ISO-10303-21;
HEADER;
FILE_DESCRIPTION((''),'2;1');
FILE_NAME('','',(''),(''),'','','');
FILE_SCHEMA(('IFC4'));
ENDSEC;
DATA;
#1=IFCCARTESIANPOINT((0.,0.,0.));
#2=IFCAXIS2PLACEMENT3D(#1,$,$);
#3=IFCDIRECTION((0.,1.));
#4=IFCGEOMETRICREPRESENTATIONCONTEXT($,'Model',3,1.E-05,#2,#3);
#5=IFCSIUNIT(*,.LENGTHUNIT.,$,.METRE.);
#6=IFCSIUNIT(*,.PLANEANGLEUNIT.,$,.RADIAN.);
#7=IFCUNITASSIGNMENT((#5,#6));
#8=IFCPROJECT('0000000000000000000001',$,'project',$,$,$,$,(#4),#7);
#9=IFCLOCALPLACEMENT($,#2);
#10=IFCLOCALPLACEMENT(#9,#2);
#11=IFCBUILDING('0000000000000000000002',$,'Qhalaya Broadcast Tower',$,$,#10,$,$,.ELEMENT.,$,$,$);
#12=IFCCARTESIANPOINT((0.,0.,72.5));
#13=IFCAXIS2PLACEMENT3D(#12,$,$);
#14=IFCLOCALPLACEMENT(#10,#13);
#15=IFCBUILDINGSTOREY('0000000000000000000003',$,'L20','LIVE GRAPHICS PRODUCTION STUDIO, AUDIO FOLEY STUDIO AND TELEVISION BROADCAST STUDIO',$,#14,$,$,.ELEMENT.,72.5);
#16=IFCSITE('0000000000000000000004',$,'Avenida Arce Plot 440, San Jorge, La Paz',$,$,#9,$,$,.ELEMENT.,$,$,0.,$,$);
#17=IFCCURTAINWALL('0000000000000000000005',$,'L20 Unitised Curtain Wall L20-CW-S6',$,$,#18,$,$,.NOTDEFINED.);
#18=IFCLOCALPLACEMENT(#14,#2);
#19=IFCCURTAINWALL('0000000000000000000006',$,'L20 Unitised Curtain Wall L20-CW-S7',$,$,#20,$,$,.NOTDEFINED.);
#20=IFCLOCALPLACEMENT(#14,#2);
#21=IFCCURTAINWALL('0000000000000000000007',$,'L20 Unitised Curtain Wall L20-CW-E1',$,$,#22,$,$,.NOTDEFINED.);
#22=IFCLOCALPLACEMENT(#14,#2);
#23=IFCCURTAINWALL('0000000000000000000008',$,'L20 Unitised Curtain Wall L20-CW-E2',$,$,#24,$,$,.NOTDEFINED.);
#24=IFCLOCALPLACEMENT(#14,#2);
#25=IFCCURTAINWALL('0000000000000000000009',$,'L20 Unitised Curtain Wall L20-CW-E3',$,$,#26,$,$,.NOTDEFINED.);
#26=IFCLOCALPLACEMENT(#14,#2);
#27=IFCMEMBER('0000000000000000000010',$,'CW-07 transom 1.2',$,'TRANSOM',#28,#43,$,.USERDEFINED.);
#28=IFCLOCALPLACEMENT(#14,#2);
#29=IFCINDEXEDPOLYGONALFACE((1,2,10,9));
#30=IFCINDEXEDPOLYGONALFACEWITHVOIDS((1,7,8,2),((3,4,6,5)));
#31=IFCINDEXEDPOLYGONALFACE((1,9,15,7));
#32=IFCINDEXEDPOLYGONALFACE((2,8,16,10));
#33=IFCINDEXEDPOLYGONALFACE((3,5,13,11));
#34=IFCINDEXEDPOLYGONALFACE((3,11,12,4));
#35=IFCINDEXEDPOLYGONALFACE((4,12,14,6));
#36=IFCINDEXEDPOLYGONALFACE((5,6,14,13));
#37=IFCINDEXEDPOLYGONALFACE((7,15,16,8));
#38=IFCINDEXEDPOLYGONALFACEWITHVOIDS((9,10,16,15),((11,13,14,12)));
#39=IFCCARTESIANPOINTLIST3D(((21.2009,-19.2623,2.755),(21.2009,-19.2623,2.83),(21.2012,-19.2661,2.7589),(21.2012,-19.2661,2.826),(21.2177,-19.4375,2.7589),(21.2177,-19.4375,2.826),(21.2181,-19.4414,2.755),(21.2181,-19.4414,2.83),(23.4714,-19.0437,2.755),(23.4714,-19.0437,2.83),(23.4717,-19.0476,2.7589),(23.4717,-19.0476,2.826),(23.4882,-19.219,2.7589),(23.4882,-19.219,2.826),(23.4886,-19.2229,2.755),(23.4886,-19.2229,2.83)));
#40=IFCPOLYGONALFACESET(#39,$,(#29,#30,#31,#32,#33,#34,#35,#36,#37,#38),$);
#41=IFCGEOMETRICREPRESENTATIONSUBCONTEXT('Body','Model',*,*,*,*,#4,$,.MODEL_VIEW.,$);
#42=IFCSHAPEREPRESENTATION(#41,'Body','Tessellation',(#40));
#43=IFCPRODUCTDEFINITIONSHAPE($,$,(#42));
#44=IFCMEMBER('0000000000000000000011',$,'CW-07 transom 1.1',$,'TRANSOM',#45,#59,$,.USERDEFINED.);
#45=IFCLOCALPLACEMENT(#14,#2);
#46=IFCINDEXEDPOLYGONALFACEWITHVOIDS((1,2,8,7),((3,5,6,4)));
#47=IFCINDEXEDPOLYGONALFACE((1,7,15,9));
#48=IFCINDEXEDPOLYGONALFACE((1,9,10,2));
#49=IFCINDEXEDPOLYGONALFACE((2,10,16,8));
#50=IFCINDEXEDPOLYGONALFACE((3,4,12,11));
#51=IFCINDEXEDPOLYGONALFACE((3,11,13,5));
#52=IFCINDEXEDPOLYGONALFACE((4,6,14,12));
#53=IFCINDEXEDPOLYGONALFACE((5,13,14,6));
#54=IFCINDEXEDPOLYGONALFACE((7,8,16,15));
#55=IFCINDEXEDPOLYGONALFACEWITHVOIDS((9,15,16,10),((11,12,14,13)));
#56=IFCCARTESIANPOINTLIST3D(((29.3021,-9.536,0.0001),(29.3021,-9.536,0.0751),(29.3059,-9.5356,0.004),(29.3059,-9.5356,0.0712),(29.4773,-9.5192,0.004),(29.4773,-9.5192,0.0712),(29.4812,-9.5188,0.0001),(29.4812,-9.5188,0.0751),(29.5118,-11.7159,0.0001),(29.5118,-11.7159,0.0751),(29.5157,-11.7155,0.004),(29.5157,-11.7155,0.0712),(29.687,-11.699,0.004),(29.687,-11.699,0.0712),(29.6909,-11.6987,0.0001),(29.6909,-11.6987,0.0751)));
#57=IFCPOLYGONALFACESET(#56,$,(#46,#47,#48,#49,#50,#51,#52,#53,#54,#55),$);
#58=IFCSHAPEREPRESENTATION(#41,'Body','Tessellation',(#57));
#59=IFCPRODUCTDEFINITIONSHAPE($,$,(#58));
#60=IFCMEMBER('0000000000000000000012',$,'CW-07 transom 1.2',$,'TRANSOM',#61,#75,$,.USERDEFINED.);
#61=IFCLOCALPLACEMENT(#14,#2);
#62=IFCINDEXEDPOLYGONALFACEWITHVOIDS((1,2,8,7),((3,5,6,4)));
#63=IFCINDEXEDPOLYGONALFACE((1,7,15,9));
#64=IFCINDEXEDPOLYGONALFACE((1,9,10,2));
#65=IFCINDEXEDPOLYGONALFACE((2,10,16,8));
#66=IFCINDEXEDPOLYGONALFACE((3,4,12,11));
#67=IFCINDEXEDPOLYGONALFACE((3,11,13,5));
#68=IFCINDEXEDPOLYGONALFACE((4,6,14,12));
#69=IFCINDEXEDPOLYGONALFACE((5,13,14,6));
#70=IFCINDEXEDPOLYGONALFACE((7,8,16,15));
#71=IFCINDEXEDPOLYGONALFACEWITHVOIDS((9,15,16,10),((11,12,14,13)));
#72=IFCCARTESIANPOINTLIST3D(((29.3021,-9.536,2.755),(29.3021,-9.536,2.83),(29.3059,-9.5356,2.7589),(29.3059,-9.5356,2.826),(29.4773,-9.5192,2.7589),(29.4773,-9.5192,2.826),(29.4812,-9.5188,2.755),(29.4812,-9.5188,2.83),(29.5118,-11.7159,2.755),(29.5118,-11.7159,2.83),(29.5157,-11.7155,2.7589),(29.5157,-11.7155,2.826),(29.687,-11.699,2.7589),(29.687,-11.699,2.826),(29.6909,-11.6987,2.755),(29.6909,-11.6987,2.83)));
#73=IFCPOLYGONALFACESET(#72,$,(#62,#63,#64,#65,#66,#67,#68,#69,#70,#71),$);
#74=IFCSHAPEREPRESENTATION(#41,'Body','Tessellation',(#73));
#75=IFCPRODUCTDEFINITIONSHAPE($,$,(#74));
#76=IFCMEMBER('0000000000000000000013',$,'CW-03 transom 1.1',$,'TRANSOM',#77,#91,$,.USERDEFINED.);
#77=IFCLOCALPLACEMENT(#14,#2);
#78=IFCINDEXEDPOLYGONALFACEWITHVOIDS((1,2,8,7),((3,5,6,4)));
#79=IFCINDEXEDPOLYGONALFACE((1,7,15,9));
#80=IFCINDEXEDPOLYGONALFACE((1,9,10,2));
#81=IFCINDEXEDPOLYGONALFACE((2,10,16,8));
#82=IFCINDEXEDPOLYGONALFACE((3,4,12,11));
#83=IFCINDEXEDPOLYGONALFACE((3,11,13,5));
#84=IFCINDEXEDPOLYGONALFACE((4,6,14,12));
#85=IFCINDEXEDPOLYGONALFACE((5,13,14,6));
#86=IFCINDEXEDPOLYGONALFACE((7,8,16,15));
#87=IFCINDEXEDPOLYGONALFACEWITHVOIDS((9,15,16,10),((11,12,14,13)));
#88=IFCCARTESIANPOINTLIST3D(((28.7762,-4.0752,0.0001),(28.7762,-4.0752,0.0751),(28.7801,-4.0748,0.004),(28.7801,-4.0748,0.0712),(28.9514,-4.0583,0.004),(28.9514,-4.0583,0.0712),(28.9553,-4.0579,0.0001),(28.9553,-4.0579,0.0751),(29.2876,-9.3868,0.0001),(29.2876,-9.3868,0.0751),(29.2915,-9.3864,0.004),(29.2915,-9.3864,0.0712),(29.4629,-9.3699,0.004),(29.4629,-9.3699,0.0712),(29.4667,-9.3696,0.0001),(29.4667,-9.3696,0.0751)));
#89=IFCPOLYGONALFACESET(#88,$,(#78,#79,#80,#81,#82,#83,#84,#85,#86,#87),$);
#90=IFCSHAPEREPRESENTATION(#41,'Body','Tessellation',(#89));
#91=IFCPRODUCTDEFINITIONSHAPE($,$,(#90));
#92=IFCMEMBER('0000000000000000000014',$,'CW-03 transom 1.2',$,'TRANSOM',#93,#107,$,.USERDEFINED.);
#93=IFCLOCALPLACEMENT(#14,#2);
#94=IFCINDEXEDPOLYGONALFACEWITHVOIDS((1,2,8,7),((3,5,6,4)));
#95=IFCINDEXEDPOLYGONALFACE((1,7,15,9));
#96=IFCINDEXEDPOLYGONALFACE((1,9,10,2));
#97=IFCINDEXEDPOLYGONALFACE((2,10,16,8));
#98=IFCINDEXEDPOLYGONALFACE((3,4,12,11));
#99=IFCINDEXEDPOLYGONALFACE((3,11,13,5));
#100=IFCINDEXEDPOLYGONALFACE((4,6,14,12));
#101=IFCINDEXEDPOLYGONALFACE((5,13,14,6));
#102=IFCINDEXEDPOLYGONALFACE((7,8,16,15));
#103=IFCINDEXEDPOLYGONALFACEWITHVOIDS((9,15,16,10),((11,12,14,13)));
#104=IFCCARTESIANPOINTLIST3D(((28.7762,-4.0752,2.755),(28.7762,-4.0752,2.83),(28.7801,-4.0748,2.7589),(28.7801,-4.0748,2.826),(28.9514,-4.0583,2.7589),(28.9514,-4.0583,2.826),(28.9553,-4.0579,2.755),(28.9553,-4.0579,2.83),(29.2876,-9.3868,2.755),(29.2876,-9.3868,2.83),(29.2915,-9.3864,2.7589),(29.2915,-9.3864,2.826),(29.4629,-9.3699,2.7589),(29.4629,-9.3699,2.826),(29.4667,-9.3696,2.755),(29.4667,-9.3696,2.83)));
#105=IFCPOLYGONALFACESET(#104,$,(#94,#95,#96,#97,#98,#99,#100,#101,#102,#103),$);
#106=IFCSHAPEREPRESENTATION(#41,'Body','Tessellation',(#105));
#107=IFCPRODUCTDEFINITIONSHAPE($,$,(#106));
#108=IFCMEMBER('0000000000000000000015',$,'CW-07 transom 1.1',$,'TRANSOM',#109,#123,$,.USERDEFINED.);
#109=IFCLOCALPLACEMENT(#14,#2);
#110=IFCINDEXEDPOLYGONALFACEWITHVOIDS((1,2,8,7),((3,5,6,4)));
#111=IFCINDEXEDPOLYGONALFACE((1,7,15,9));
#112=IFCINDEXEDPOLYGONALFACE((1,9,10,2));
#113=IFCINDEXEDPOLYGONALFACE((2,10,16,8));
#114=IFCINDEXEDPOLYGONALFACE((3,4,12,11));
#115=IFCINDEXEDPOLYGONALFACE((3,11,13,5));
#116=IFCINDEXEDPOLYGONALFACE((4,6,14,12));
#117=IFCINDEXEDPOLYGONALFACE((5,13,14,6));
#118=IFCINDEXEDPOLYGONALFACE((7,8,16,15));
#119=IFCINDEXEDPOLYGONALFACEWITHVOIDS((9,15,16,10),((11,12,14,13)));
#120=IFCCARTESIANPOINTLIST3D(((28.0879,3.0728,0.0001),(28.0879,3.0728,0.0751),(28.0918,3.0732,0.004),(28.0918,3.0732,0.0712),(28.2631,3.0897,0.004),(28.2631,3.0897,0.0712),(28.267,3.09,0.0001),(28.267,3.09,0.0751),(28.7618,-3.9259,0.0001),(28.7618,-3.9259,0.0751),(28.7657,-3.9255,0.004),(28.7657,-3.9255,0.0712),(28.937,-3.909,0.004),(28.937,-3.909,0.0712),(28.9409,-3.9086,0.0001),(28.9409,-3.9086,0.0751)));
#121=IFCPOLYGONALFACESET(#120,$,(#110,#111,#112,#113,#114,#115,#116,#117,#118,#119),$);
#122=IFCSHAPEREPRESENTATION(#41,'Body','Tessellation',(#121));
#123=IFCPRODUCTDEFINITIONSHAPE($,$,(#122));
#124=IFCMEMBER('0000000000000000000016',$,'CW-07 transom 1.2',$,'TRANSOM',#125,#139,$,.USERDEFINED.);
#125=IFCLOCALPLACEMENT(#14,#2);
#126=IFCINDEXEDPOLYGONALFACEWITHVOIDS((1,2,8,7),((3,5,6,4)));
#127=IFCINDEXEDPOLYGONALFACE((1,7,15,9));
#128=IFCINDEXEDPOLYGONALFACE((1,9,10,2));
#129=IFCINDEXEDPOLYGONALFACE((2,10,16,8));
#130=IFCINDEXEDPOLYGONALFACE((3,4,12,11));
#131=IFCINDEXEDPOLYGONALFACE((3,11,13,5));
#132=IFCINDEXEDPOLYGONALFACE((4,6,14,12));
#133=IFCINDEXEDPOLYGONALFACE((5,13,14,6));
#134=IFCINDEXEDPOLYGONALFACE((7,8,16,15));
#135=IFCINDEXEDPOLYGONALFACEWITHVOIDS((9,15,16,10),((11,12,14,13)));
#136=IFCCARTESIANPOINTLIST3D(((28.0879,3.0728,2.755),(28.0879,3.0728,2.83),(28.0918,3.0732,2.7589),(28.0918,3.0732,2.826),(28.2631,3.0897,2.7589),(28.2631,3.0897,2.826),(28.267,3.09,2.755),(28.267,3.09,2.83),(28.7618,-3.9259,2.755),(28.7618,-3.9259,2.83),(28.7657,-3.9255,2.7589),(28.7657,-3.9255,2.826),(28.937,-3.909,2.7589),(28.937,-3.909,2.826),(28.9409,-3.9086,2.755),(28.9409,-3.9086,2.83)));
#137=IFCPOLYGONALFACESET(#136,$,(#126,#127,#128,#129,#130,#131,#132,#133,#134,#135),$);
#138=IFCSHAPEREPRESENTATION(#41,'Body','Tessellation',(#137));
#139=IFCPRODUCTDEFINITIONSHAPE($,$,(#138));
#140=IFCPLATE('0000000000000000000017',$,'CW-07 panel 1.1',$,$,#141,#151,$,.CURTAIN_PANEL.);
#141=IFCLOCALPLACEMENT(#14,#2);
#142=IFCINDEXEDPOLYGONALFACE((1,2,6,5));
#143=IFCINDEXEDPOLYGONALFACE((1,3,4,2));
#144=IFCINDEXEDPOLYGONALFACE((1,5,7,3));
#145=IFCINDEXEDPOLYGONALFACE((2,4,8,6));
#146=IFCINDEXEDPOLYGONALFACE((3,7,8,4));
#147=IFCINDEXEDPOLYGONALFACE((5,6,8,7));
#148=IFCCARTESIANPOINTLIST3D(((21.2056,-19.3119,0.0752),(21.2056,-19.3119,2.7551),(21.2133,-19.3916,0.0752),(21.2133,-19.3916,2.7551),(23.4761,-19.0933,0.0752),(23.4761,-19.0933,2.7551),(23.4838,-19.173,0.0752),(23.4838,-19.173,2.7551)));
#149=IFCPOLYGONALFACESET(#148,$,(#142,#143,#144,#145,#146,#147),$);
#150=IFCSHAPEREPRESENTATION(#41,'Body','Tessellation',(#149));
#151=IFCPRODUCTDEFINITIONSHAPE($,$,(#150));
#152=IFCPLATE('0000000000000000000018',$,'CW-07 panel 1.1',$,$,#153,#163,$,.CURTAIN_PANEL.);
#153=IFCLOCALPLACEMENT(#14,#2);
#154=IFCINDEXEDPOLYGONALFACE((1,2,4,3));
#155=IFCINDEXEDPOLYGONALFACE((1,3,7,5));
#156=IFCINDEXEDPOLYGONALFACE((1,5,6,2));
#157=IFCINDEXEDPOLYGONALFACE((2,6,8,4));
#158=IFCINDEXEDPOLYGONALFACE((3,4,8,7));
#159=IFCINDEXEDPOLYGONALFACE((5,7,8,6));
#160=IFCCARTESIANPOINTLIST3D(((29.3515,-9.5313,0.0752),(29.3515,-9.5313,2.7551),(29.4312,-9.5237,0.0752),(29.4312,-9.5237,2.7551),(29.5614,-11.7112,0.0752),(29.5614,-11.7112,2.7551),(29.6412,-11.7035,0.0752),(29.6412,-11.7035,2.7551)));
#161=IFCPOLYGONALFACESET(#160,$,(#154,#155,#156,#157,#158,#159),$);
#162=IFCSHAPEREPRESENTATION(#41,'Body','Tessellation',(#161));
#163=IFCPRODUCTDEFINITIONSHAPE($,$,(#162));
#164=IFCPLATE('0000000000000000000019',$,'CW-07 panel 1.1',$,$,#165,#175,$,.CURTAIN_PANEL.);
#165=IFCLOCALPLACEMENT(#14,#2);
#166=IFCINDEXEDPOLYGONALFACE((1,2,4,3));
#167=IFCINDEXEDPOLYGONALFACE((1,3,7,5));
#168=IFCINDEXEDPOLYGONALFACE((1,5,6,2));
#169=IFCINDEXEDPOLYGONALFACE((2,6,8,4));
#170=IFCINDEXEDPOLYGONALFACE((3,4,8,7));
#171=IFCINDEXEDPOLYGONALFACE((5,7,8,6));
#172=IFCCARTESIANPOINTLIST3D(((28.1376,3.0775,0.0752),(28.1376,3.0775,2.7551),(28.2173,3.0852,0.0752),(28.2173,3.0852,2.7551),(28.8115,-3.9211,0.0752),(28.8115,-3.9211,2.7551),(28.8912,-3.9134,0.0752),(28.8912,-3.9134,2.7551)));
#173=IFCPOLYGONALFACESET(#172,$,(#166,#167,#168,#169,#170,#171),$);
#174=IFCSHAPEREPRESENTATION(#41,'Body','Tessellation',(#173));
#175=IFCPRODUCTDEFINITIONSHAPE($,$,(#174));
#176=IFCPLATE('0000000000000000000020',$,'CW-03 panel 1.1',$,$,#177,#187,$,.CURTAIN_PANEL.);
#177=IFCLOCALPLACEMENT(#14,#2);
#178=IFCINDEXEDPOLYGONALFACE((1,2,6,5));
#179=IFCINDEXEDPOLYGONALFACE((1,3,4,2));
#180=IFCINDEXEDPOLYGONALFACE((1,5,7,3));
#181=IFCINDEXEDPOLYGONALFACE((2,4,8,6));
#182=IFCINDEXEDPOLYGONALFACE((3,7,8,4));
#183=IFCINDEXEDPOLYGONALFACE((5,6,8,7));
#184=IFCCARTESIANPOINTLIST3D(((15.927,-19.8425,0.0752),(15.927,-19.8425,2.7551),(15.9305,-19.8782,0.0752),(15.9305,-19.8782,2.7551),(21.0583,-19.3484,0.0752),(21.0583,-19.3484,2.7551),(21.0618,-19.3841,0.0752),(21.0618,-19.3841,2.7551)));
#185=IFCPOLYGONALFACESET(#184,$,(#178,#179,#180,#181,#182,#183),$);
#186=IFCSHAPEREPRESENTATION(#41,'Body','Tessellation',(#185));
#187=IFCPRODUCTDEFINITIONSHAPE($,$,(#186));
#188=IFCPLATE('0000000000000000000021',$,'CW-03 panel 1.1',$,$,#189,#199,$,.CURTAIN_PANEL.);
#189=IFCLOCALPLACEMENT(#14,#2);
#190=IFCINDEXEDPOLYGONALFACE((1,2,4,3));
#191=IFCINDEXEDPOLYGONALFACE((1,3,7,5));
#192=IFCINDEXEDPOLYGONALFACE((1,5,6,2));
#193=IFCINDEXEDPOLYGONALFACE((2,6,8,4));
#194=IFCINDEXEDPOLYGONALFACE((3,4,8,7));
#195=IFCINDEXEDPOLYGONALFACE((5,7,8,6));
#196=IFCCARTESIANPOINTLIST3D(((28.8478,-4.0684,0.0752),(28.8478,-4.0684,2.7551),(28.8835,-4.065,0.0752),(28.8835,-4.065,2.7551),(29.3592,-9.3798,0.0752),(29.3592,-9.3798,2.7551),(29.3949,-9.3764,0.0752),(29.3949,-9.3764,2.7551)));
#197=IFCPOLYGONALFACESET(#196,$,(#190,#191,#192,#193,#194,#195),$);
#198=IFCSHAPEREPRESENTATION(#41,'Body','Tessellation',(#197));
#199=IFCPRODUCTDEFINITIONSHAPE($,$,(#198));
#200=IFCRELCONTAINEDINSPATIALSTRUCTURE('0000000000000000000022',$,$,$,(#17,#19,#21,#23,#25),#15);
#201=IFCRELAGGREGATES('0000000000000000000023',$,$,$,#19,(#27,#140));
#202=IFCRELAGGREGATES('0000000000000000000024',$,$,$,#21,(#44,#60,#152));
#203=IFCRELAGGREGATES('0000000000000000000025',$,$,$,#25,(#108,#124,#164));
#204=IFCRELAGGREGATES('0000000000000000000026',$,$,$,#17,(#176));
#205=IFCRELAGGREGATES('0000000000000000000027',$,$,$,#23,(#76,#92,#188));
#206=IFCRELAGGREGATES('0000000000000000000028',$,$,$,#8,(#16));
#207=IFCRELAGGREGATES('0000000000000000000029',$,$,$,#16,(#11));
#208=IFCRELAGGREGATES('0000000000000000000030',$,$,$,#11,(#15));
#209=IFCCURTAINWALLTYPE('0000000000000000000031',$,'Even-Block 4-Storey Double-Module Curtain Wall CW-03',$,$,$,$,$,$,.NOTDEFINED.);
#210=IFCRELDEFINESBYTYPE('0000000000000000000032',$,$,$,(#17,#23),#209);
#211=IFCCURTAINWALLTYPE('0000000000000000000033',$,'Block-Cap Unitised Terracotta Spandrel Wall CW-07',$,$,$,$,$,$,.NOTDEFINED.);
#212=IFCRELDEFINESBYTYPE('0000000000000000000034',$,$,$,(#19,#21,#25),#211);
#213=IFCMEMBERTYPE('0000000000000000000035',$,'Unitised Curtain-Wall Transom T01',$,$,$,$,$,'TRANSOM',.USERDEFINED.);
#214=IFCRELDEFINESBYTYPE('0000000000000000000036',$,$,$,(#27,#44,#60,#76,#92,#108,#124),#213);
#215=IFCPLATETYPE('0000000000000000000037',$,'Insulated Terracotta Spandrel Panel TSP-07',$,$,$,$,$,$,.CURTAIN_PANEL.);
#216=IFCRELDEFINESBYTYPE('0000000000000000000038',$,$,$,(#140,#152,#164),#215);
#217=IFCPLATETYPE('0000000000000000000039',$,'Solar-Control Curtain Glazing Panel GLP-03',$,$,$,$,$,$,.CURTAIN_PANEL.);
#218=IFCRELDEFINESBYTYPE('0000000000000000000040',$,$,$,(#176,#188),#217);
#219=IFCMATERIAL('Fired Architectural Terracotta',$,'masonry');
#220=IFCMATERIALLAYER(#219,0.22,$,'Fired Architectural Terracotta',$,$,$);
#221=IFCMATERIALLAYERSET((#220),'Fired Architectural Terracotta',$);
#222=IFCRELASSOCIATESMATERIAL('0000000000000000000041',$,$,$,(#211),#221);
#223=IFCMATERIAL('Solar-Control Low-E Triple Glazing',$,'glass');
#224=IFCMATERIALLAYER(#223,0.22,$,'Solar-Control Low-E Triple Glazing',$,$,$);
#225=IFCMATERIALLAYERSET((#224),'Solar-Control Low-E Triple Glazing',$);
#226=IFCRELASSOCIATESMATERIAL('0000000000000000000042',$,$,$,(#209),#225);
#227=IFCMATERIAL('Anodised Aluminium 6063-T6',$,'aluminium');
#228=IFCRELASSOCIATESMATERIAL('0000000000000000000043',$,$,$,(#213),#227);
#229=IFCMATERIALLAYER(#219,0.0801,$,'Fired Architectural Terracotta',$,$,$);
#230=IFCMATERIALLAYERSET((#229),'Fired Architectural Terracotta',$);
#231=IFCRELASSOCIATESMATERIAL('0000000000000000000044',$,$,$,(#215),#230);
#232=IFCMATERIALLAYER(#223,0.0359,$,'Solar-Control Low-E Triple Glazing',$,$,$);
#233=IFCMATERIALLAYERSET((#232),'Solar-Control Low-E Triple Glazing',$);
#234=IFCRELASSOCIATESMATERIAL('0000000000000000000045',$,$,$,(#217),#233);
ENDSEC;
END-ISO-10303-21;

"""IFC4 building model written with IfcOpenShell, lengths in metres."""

from ifc_helpers import new_model, si_unit, direction, frame, origin, origin_2d, place, context, subcontext, project, spatial, rectangle, hollow_rectangle, extrude, material, layer, layer_set, material_profile, profile_set, type_object, element, aggregate, save


model = new_model("IFC4")

# Units and contexts
model_context = context("Model", 3, precision=1e-05, world=origin(), true_north=direction((0.0, 1.0)))
body_context = subcontext(model_context, "Body", "Model", "MODEL_VIEW")
ifc_project = project(units=[si_unit("LENGTHUNIT", "METRE"), si_unit("PLANEANGLEUNIT", "RADIAN")], contexts=[model_context])

# Site, building, storey
site_placement = place(None, origin())
site = spatial("IfcSite", under=ifc_project, at=site_placement, Name="Avenida Arce Plot 440, San Jorge, La Paz", CompositionType="ELEMENT", RefElevation=0.0)
building_placement = place(site_placement, origin())
building = spatial("IfcBuilding", under=site, at=building_placement, Name="Qhalaya Broadcast Tower", CompositionType="ELEMENT")
storey_placement = place(building_placement, frame((0.0, 0.0, 72.5)))
storey = spatial("IfcBuildingStorey", under=building, at=storey_placement, Name="L20", Description="LIVE GRAPHICS PRODUCTION STUDIO, AUDIO FOLEY STUDIO AND TELEVISION BROADCAST STUDIO", CompositionType="ELEMENT", Elevation=72.5)

# Shared definitions
ifc_material_1 = material(Name="Fired Architectural Terracotta", Category="masonry")
ifc_layer_1 = layer(ifc_material_1, 0.22, Name="Fired Architectural Terracotta")
ifc_layer_set_1 = layer_set([ifc_layer_1], Name="Fired Architectural Terracotta")
curtain_wall_type_1 = type_object("IfcCurtainWallType", Name="Block-Cap Unitised Terracotta Spandrel Wall CW-07", PredefinedType="NOTDEFINED", material=ifc_layer_set_1)
ifc_material_2 = material(Name="Anodised Aluminium 6063-T6", Category="aluminium")

# Curtain walls
ifc_material_3 = material(Name="Solar-Control Low-E Triple Glazing", Category="glass")
ifc_layer_2 = layer(ifc_material_3, 0.22, Name="Solar-Control Low-E Triple Glazing")
ifc_layer_set_2 = layer_set([ifc_layer_2], Name="Solar-Control Low-E Triple Glazing")
curtain_wall_type_2 = type_object("IfcCurtainWallType", Name="Even-Block 4-Storey Double-Module Curtain Wall CW-03", PredefinedType="NOTDEFINED", material=ifc_layer_set_2)
curtain_wall_1_placement = place(storey_placement, origin())
curtain_wall_1 = element("IfcCurtainWall", 1, at=curtain_wall_1_placement, inside=storey, type_object=curtain_wall_type_2, Name="L20 Unitised Curtain Wall L20-CW-S6", PredefinedType="NOTDEFINED")
curtain_wall_2_placement = place(storey_placement, origin())
curtain_wall_2 = element("IfcCurtainWall", 2, at=curtain_wall_2_placement, inside=storey, type_object=curtain_wall_type_1, Name="L20 Unitised Curtain Wall L20-CW-S7", PredefinedType="NOTDEFINED")
curtain_wall_3_placement = place(storey_placement, origin())
curtain_wall_3 = element("IfcCurtainWall", 3, at=curtain_wall_3_placement, inside=storey, type_object=curtain_wall_type_1, Name="L20 Unitised Curtain Wall L20-CW-E1", PredefinedType="NOTDEFINED")
curtain_wall_4_placement = place(storey_placement, origin())
curtain_wall_4 = element("IfcCurtainWall", 4, at=curtain_wall_4_placement, inside=storey, type_object=curtain_wall_type_2, Name="L20 Unitised Curtain Wall L20-CW-E2", PredefinedType="NOTDEFINED")
curtain_wall_5_placement = place(storey_placement, origin())
curtain_wall_5 = element("IfcCurtainWall", 5, at=curtain_wall_5_placement, inside=storey, type_object=curtain_wall_type_1, Name="L20 Unitised Curtain Wall L20-CW-E3", PredefinedType="NOTDEFINED")

# Members
ifc_material_profile_1 = material_profile(ifc_material_2, hollow_rectangle(XDim=0.075, YDim=0.1799, WallThickness=0.0039, at=origin_2d()), Name="ALU-TRN 75x180x4")
ifc_profile_set_1 = profile_set([ifc_material_profile_1], Name="Anodised Aluminium 6063-T6")
member_type_1 = type_object("IfcMemberType", Name="Unitised Curtain-Wall Transom T01", ElementType="TRANSOM", PredefinedType="USERDEFINED", material=ifc_profile_set_1)
member_1_placement = place(storey_placement, frame((21.2095, -19.3518, 2.7925), z_axis=(0.995401, 0.095794, 0.0), x_axis=(0.0, 0.0, 1.0)))
member_1 = element("IfcMember", 6, at=member_1_placement, type_object=member_type_1, Name="CW-07 transom 1.2", ObjectType="TRANSOM", PredefinedType="USERDEFINED", context=body_context, shape_type="SweptSolid", body=[
    extrude(hollow_rectangle(XDim=0.075, YDim=0.1799, WallThickness=0.0039, at=origin_2d()), origin(), (0.0, 0.0, 1.0), 2.281),
])
member_2_placement = place(storey_placement, frame((29.6013, -11.7073, 0.0376), z_axis=(-0.095761, 0.995404, 0.0), x_axis=(0.0, 0.0, 1.0)))
member_2 = element("IfcMember", 7, at=member_2_placement, type_object=member_type_1, Name="CW-07 transom 1.1", ObjectType="TRANSOM", PredefinedType="USERDEFINED", context=body_context, shape_type="SweptSolid", body=[
    extrude(hollow_rectangle(XDim=0.075, YDim=0.1799, WallThickness=0.0039, at=origin_2d()), origin(), (0.0, 0.0, 1.0), 2.1899),
])
member_3_placement = place(storey_placement, frame((29.6013, -11.7073, 2.7925), z_axis=(-0.095761, 0.995404, 0.0), x_axis=(0.0, 0.0, 1.0)))
member_3 = element("IfcMember", 8, at=member_3_placement, type_object=member_type_1, Name="CW-07 transom 1.2", ObjectType="TRANSOM", PredefinedType="USERDEFINED", context=body_context, shape_type="SweptSolid", body=[
    extrude(hollow_rectangle(XDim=0.075, YDim=0.1799, WallThickness=0.0039, at=origin_2d()), origin(), (0.0, 0.0, 1.0), 2.1899),
])
member_4_placement = place(storey_placement, frame((29.3772, -9.3782, 0.0376), z_axis=(-0.095852, 0.995396, 0.0), x_axis=(0.0, 0.0, 1.0)))
member_4 = element("IfcMember", 9, at=member_4_placement, type_object=member_type_1, Name="CW-03 transom 1.1", ObjectType="TRANSOM", PredefinedType="USERDEFINED", context=body_context, shape_type="SweptSolid", body=[
    extrude(hollow_rectangle(XDim=0.075, YDim=0.1799, WallThickness=0.0039, at=origin_2d()), origin(), (0.0, 0.0, 1.0), 5.3362),
])
member_5_placement = place(storey_placement, frame((29.3772, -9.3782, 2.7925), z_axis=(-0.095852, 0.995396, 0.0), x_axis=(0.0, 0.0, 1.0)))
member_5 = element("IfcMember", 10, at=member_5_placement, type_object=member_type_1, Name="CW-03 transom 1.2", ObjectType="TRANSOM", PredefinedType="USERDEFINED", context=body_context, shape_type="SweptSolid", body=[
    extrude(hollow_rectangle(XDim=0.075, YDim=0.1799, WallThickness=0.0039, at=origin_2d()), origin(), (0.0, 0.0, 1.0), 5.3362),
])
member_6_placement = place(storey_placement, frame((28.8513, -3.9172, 0.0376), z_axis=(-0.095838, 0.995397, 0.0), x_axis=(0.0, 0.0, 1.0)))
member_6 = element("IfcMember", 11, at=member_6_placement, type_object=member_type_1, Name="CW-07 transom 1.1", ObjectType="TRANSOM", PredefinedType="USERDEFINED", context=body_context, shape_type="SweptSolid", body=[
    extrude(hollow_rectangle(XDim=0.075, YDim=0.1799, WallThickness=0.0039, at=origin_2d()), origin(), (0.0, 0.0, 1.0), 7.031),
])
member_7_placement = place(storey_placement, frame((28.8513, -3.9172, 2.7925), z_axis=(-0.095838, 0.995397, 0.0), x_axis=(0.0, 0.0, 1.0)))
member_7 = element("IfcMember", 12, at=member_7_placement, type_object=member_type_1, Name="CW-07 transom 1.2", ObjectType="TRANSOM", PredefinedType="USERDEFINED", context=body_context, shape_type="SweptSolid", body=[
    extrude(hollow_rectangle(XDim=0.075, YDim=0.1799, WallThickness=0.0039, at=origin_2d()), origin(), (0.0, 0.0, 1.0), 7.031),
])

# Plates
ifc_layer_3 = layer(ifc_material_1, 0.0801, Name="Fired Architectural Terracotta")
ifc_layer_set_3 = layer_set([ifc_layer_3], Name="Fired Architectural Terracotta")
plate_type_1 = type_object("IfcPlateType", Name="Insulated Terracotta Spandrel Panel TSP-07", PredefinedType="CURTAIN_PANEL", material=ifc_layer_set_3)
plate_1_placement = place(storey_placement, frame((22.3447, -19.2424, 0.0752), z_axis=(0.0, 0.0, 1.0), x_axis=(0.995396, 0.095846, 0.0)))
plate_1 = element("IfcPlate", 13, at=plate_1_placement, type_object=plate_type_1, Name="CW-07 panel 1.1", PredefinedType="CURTAIN_PANEL", context=body_context, shape_type="SweptSolid", body=[
    extrude(rectangle(XDim=2.281, YDim=0.0801, at=origin_2d()), origin(), (0.0, 0.0, 1.0), 2.6799),
])
aggregate(curtain_wall_2, [member_1, plate_1])
plate_2_placement = place(storey_placement, frame((29.4963, -10.6174, 0.0752), z_axis=(0.0, 0.0, 1.0), x_axis=(-0.095856, 0.995395, 0.0)))
plate_2 = element("IfcPlate", 14, at=plate_2_placement, type_object=plate_type_1, Name="CW-07 panel 1.1", PredefinedType="CURTAIN_PANEL", context=body_context, shape_type="SweptSolid", body=[
    extrude(rectangle(XDim=2.1899, YDim=0.0801, at=origin_2d()), origin(), (0.0, 0.0, 1.0), 2.6799),
])
aggregate(curtain_wall_3, [member_2, member_3, plate_2])
plate_3_placement = place(storey_placement, frame((28.5144, -0.418, 0.0752), z_axis=(0.0, 0.0, 1.0), x_axis=(-0.095851, 0.995396, 0.0)))
plate_3 = element("IfcPlate", 15, at=plate_3_placement, type_object=plate_type_1, Name="CW-07 panel 1.1", PredefinedType="CURTAIN_PANEL", context=body_context, shape_type="SweptSolid", body=[
    extrude(rectangle(XDim=7.031, YDim=0.0801, at=origin_2d()), origin(), (0.0, 0.0, 1.0), 2.6799),
])
aggregate(curtain_wall_5, [member_6, member_7, plate_3])
ifc_layer_4 = layer(ifc_material_3, 0.0359, Name="Solar-Control Low-E Triple Glazing")
ifc_layer_set_4 = layer_set([ifc_layer_4], Name="Solar-Control Low-E Triple Glazing")
plate_type_2 = type_object("IfcPlateType", Name="Solar-Control Curtain Glazing Panel GLP-03", PredefinedType="CURTAIN_PANEL", material=ifc_layer_set_4)
plate_4_placement = place(storey_placement, frame((18.4944, -19.6133, 0.0752), z_axis=(0.0, 0.0, 1.0), x_axis=(0.995396, 0.095852, 0.0)))
plate_4 = element("IfcPlate", 16, at=plate_4_placement, type_object=plate_type_2, Name="CW-03 panel 1.1", PredefinedType="CURTAIN_PANEL", context=body_context, shape_type="SweptSolid", body=[
    extrude(rectangle(XDim=5.155, YDim=0.0359, at=origin_2d()), origin(), (0.0, 0.0, 1.0), 2.6799),
])
aggregate(curtain_wall_1, [plate_4])
plate_5_placement = place(storey_placement, frame((29.1213, -6.7224, 0.0752), z_axis=(0.0, 0.0, 1.0), x_axis=(-0.095843, 0.995396, 0.0)))
plate_5 = element("IfcPlate", 17, at=plate_5_placement, type_object=plate_type_2, Name="CW-03 panel 1.1", PredefinedType="CURTAIN_PANEL", context=body_context, shape_type="SweptSolid", body=[
    extrude(rectangle(XDim=5.3359, YDim=0.0359, at=origin_2d()), origin(), (0.0, 0.0, 1.0), 2.6799),
])
aggregate(curtain_wall_4, [member_4, member_5, plate_5])

save(model, "model.ifc")
